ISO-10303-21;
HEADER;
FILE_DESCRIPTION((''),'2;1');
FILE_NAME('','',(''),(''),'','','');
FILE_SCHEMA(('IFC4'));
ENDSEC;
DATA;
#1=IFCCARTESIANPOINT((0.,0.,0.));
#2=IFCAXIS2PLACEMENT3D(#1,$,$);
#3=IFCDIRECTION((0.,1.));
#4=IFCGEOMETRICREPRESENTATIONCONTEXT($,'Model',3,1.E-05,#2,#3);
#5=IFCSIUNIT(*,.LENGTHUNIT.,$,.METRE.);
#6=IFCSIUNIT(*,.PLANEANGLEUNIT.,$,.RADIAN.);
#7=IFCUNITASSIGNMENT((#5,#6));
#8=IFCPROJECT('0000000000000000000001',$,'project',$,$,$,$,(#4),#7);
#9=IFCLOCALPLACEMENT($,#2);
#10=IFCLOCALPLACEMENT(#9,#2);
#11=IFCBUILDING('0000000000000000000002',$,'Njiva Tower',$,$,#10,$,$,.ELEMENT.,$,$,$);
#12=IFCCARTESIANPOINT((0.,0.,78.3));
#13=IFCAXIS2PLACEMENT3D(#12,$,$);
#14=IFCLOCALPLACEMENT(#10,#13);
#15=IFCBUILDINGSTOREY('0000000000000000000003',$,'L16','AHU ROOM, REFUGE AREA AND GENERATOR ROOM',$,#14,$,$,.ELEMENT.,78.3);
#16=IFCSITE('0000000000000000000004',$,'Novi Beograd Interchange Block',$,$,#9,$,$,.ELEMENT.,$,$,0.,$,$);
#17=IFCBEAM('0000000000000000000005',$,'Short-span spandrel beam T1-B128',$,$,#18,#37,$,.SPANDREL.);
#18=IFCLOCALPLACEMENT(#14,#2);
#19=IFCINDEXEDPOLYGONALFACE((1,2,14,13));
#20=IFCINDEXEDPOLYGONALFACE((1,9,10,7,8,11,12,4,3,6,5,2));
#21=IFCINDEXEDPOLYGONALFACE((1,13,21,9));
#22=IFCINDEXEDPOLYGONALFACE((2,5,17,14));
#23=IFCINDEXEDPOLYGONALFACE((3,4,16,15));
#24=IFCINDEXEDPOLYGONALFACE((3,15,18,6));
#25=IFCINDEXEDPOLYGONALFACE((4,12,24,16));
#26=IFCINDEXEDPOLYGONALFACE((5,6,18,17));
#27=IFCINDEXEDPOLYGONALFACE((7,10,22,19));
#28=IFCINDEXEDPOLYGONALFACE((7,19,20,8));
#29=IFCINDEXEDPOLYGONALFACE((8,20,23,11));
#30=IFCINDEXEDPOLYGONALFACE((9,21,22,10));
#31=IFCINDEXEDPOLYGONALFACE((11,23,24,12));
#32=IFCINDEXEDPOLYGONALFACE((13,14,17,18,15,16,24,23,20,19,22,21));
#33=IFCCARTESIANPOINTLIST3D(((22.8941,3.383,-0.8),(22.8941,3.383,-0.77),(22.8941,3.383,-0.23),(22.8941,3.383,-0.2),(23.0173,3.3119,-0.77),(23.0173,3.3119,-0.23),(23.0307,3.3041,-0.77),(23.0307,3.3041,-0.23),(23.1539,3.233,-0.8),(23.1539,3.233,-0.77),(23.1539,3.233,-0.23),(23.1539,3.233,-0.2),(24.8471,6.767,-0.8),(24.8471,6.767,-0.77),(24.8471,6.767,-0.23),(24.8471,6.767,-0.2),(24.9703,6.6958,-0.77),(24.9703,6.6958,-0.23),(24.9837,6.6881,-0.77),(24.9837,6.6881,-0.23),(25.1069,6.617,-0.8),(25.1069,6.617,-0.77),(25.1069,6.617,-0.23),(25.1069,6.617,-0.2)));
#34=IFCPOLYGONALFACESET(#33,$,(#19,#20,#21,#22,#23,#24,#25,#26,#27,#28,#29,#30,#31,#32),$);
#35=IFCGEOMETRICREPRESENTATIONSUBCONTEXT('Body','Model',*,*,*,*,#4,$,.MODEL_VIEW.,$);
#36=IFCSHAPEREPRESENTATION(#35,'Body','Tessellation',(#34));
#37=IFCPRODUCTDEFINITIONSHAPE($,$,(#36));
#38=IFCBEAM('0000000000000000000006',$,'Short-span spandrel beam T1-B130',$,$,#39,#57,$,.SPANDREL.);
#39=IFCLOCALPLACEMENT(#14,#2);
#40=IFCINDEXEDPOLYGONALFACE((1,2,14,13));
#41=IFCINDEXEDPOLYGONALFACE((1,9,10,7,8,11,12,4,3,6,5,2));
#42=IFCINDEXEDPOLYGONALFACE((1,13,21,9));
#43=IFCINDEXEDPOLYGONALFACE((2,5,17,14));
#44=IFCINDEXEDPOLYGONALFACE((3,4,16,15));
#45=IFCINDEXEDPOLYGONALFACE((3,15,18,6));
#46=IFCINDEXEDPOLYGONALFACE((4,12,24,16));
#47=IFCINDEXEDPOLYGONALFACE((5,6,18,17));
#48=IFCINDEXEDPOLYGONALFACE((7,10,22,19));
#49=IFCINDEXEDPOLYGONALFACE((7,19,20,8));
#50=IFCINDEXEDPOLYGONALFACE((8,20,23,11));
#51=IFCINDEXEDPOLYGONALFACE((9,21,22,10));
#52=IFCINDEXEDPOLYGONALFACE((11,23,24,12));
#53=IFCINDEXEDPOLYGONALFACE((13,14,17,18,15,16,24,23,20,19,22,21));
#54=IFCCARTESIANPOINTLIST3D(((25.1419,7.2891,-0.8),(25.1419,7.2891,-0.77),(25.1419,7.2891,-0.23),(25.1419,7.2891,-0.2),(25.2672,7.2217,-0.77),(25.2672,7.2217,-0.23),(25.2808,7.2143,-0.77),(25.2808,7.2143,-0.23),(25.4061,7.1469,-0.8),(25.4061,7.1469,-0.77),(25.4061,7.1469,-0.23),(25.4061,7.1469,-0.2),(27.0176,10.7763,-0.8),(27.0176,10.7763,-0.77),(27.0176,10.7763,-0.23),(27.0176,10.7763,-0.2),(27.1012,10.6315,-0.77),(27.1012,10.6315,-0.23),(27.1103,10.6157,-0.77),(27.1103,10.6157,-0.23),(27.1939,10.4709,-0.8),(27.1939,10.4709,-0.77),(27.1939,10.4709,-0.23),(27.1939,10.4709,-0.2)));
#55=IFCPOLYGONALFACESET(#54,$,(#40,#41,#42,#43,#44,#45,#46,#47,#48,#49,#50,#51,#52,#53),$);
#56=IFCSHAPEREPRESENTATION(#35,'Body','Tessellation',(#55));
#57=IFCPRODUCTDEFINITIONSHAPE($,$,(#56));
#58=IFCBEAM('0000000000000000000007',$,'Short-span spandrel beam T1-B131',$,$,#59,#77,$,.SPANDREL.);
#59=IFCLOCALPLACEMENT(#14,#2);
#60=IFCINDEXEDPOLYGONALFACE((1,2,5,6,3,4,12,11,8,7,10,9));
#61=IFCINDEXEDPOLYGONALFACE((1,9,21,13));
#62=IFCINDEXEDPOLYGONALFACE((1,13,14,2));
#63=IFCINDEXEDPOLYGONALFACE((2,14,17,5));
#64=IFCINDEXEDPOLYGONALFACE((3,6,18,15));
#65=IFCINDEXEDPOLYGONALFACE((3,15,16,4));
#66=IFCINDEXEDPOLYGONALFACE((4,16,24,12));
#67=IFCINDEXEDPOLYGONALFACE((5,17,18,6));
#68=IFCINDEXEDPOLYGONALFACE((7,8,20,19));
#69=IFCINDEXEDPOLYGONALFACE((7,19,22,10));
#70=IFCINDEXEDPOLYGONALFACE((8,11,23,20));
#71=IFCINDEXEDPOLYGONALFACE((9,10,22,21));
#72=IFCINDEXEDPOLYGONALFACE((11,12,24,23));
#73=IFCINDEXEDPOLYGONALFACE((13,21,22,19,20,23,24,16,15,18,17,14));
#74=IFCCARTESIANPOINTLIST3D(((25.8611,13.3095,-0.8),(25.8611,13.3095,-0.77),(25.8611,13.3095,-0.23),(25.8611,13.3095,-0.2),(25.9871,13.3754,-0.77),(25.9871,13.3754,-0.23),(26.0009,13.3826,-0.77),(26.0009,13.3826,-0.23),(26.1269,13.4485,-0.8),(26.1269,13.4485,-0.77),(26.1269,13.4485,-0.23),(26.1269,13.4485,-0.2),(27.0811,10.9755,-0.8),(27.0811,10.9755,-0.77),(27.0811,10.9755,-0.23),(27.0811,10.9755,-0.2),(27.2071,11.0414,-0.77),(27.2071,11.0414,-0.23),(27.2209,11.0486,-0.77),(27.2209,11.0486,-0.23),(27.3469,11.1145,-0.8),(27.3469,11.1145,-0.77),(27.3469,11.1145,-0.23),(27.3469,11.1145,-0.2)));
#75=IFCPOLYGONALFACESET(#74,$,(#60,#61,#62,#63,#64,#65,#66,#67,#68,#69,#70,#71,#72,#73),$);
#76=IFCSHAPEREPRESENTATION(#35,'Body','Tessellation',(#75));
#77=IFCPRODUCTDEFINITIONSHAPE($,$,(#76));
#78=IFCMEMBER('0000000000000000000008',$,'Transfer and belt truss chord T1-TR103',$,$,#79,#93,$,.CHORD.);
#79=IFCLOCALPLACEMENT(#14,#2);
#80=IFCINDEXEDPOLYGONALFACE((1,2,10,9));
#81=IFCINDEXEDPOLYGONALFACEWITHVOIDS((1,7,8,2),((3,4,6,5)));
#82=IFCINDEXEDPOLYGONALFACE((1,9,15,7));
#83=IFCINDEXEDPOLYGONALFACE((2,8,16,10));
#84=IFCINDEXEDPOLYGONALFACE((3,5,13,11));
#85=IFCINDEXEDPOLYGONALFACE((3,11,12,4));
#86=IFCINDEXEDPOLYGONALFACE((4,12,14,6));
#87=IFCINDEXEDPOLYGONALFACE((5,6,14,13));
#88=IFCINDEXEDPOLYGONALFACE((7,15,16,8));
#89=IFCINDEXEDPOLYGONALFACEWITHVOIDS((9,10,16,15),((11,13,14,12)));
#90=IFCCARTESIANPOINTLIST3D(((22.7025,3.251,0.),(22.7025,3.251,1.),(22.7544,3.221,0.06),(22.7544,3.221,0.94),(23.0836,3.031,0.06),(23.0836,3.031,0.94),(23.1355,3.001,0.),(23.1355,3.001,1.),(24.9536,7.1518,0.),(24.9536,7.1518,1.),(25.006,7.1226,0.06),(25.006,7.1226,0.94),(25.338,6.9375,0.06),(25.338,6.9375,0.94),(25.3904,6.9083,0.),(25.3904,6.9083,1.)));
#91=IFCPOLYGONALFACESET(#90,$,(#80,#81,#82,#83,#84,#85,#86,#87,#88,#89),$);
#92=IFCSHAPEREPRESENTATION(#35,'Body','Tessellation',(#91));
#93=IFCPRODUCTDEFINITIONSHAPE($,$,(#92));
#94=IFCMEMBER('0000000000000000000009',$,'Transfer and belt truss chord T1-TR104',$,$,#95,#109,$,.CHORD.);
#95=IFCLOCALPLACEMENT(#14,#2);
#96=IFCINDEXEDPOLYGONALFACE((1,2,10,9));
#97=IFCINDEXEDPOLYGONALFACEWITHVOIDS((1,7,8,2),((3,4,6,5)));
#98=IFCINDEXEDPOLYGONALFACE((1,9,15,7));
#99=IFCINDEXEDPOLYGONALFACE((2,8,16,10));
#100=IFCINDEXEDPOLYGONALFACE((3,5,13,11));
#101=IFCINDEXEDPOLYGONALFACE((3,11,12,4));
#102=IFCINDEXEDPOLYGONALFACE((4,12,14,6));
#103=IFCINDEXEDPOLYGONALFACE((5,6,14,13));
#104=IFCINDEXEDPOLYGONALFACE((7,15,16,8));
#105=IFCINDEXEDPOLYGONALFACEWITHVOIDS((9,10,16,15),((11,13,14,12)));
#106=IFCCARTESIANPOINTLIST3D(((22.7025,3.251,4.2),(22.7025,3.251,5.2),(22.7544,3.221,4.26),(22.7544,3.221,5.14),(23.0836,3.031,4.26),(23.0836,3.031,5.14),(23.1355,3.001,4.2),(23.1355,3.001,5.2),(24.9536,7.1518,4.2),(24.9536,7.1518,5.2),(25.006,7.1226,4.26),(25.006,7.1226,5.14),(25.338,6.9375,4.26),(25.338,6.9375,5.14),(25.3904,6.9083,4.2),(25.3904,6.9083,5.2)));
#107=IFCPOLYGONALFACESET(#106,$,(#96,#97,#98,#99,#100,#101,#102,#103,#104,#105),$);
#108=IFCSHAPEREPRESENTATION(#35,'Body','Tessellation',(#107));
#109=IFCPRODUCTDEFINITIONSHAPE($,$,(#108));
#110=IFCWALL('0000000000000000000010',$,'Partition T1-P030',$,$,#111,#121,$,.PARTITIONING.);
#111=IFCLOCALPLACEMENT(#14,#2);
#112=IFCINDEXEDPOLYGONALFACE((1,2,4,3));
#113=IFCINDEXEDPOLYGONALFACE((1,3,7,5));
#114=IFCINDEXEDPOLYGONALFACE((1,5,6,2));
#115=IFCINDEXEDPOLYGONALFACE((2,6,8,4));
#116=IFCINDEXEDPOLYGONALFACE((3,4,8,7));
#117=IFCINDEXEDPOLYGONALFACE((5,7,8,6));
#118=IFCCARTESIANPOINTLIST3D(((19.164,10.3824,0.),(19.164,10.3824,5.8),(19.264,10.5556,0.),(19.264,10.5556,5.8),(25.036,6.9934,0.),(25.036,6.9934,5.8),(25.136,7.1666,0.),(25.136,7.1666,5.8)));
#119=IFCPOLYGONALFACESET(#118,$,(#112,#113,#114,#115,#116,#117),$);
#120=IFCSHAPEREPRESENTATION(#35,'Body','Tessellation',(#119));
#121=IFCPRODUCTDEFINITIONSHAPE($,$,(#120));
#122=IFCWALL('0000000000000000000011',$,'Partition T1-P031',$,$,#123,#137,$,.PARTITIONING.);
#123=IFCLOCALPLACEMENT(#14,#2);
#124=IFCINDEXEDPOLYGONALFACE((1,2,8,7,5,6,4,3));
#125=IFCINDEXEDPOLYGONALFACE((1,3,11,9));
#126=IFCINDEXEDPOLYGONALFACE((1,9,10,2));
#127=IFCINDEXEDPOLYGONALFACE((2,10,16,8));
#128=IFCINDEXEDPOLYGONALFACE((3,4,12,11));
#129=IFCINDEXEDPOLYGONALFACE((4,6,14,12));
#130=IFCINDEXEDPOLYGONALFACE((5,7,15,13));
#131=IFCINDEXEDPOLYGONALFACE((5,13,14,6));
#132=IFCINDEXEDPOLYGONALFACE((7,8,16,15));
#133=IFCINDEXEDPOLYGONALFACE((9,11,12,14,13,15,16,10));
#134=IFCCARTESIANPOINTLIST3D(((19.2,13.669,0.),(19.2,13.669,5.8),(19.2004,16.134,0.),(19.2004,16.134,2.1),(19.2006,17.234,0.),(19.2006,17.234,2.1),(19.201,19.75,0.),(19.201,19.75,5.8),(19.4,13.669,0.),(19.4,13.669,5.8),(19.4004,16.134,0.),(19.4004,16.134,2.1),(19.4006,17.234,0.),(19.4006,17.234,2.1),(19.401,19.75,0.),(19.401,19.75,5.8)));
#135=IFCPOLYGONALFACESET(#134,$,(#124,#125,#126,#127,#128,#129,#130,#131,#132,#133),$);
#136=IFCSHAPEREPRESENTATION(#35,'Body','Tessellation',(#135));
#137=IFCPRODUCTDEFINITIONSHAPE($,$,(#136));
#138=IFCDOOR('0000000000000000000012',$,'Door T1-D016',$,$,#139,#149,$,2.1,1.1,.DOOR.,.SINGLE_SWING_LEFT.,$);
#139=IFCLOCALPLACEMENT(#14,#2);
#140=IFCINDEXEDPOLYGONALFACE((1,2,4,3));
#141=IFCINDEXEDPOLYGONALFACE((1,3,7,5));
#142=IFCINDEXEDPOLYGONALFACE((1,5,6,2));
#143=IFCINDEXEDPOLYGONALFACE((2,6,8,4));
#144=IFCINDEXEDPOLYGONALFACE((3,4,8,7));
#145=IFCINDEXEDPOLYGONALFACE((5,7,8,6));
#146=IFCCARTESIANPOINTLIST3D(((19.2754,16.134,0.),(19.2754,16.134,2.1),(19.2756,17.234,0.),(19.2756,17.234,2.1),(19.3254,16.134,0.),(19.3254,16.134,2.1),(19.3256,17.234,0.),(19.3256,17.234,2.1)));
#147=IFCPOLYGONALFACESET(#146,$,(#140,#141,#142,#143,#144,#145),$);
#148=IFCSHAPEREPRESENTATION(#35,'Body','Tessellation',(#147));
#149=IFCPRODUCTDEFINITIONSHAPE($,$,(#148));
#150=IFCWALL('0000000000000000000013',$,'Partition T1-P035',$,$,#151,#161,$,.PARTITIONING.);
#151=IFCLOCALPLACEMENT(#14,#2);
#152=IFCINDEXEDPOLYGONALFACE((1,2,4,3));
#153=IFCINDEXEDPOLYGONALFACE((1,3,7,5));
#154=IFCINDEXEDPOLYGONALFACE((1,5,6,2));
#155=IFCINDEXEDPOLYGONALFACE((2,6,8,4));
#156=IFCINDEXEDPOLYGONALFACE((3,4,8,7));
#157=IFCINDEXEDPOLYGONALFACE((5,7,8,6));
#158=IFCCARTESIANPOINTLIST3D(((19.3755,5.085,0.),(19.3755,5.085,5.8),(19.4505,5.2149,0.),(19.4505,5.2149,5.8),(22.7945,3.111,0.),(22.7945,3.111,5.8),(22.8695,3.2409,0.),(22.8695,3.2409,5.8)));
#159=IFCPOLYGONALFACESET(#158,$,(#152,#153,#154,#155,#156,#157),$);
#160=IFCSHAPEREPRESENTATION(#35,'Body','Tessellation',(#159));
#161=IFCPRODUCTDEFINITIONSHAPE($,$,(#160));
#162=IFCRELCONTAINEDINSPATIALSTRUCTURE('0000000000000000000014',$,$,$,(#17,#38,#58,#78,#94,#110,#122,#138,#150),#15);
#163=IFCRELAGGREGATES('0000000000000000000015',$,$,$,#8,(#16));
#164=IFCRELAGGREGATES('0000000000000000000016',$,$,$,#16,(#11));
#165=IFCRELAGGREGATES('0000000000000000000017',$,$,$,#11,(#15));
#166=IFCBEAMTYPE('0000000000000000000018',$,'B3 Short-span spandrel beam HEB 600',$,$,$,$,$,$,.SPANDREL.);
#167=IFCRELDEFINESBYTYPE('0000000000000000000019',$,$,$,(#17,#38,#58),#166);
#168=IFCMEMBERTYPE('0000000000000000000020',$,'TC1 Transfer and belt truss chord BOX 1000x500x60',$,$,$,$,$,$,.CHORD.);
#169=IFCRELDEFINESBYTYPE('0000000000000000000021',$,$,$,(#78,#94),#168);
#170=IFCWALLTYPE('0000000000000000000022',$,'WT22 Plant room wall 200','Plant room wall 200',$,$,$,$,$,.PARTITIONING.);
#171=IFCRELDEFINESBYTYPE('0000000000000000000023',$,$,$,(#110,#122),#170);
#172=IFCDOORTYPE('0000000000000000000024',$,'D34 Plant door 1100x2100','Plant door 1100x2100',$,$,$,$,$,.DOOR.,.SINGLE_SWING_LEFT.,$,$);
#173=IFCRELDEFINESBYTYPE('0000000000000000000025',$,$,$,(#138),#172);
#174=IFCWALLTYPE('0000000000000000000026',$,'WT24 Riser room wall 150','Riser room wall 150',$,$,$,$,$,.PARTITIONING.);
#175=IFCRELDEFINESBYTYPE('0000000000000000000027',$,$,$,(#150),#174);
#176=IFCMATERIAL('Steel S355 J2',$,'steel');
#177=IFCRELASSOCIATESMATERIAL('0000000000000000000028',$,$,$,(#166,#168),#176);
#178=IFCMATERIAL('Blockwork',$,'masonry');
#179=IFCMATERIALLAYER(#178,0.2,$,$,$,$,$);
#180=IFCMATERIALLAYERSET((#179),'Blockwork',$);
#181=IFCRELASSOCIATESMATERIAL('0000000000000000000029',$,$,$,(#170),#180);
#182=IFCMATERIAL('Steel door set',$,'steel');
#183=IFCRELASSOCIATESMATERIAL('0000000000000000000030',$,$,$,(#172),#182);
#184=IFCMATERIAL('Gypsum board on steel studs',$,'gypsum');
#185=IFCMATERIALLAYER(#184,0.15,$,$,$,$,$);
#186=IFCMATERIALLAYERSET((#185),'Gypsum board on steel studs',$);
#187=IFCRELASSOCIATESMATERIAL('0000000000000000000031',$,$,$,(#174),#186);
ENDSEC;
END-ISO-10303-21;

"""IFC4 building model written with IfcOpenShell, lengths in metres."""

from ifc_helpers import new_model, si_unit, direction, frame, frame_2d, origin, origin_2d, place, context, subcontext, project, spatial, rectangle, hollow_rectangle, i_section, extrude, clip, halfspace, material, layer, layer_set, material_profile, profile_set, type_object, element, fill, save


model = new_model("IFC4")

# Units and contexts
model_context = context("Model", 3, precision=1e-05, world=origin(), true_north=direction((0.0, 1.0)))
body_context = subcontext(model_context, "Body", "Model", "MODEL_VIEW")
ifc_project = project(units=[si_unit("LENGTHUNIT", "METRE"), si_unit("PLANEANGLEUNIT", "RADIAN")], contexts=[model_context])

# Site, building, storey
site_placement = place(None, origin())
site = spatial("IfcSite", under=ifc_project, at=site_placement, Name="Novi Beograd Interchange Block", CompositionType="ELEMENT", RefElevation=0.0)
building_placement = place(site_placement, origin())
building = spatial("IfcBuilding", under=site, at=building_placement, Name="Njiva Tower", CompositionType="ELEMENT")
storey_placement = place(building_placement, frame((0.0, 0.0, 78.3)))
storey = spatial("IfcBuildingStorey", under=building, at=storey_placement, Name="L16", Description="AHU ROOM, REFUGE AREA AND GENERATOR ROOM", CompositionType="ELEMENT", Elevation=78.3)

# Shared definitions
ifc_material_1 = material(Name="Steel S355 J2", Category="steel")

# Beams
ifc_material_profile_1 = material_profile(ifc_material_1, i_section(OverallWidth=0.3, OverallDepth=0.6, WebThickness=0.0155, FlangeThickness=0.03, at=origin_2d()), Name="HEB 600")
ifc_profile_set_1 = profile_set([ifc_material_profile_1], Name="Steel S355 J2")
beam_type_1 = type_object("IfcBeamType", Name="B3 Short-span spandrel beam HEB 600", PredefinedType="SPANDREL", material=ifc_profile_set_1)
beam_1_placement = place(storey_placement, frame((23.024, 3.308, -0.5), z_axis=(0.499855, 0.866109, 0.0), x_axis=(-0.866109, 0.499855, 0.0)))
element("IfcBeam", 1, at=beam_1_placement, inside=storey, type_object=beam_type_1, Name="Short-span spandrel beam T1-B128", PredefinedType="SPANDREL", context=body_context, shape_type="SweptSolid", body=[
    extrude(i_section(OverallWidth=0.3, OverallDepth=0.6, WebThickness=0.0155, FlangeThickness=0.03, at=origin_2d()), origin(), (0.0, 0.0, 1.0), 3.9071),
])
beam_2_placement = place(storey_placement, frame((25.274, 7.218, -0.5), z_axis=(0.473699, 0.880687, 0.0), x_axis=(-0.880687, 0.473699, 0.0)))
element("IfcBeam", 2, at=beam_2_placement, inside=storey, type_object=beam_type_1, Name="Short-span spandrel beam T1-B130", PredefinedType="SPANDREL", context=body_context, shape_type="Clipping", body=[
    clip(extrude(i_section(OverallWidth=0.3, OverallDepth=0.6, WebThickness=0.0155, FlangeThickness=0.03, at=origin_2d()), origin(), (0.0, 0.0, 1.0), 3.9804), halfspace(frame((-0.0263, 0.0, 3.8507), z_axis=(-0.52585, 0.0, 0.850577), x_axis=(0.0, 1.0, 0.0)), False)),
])
beam_3_placement = place(storey_placement, frame((27.214, 11.045, -0.5), z_axis=(-0.463241, 0.886233, 0.0), x_axis=(-0.886233, -0.463241, 0.0)))
element("IfcBeam", 3, at=beam_3_placement, inside=storey, type_object=beam_type_1, Name="Short-span spandrel beam T1-B131", PredefinedType="SPANDREL", context=body_context, shape_type="SweptSolid", body=[
    extrude(i_section(OverallWidth=0.3, OverallDepth=0.6, WebThickness=0.0155, FlangeThickness=0.03, at=origin_2d()), origin(), (0.0, 0.0, 1.0), 2.6336),
])

# Members
ifc_material_profile_2 = material_profile(ifc_material_1, hollow_rectangle(XDim=0.5, YDim=1.0, WallThickness=0.06, at=origin_2d()), Name="BOX 1000x500x60")
ifc_profile_set_2 = profile_set([ifc_material_profile_2], Name="Steel S355 J2")
member_type_1 = type_object("IfcMemberType", Name="TC1 Transfer and belt truss chord BOX 1000x500x60", PredefinedType="CHORD", material=ifc_profile_set_2)
member_1_placement = place(storey_placement, frame((22.919, 3.126, 0.5), z_axis=(0.499838, 0.866119, 0.0), x_axis=(-0.866119, 0.499838, 0.0)))
element("IfcMember", 4, at=member_1_placement, inside=storey, type_object=member_type_1, Name="Transfer and belt truss chord T1-TR103", PredefinedType="CHORD", context=body_context, shape_type="Clipping", body=[
    clip(extrude(hollow_rectangle(XDim=0.5, YDim=1.0, WallThickness=0.06, at=origin_2d()), origin(), (0.0, 0.0, 1.0), 4.5415), halfspace(frame((0.0, -78.8, 4.5075), z_axis=(0.014852, 0.0, 0.99989), x_axis=(0.0, 1.0, 0.0)), False)),
])
member_2_placement = place(storey_placement, frame((22.919, 3.126, 4.7), z_axis=(0.499838, 0.866119, 0.0), x_axis=(-0.866119, 0.499838, 0.0)))
element("IfcMember", 5, at=member_2_placement, inside=storey, type_object=member_type_1, Name="Transfer and belt truss chord T1-TR104", PredefinedType="CHORD", context=body_context, shape_type="Clipping", body=[
    clip(extrude(hollow_rectangle(XDim=0.5, YDim=1.0, WallThickness=0.06, at=origin_2d()), origin(), (0.0, 0.0, 1.0), 4.5415), halfspace(frame((0.0, -83.0, 4.5075), z_axis=(0.014852, 0.0, 0.99989), x_axis=(0.0, 1.0, 0.0)), False)),
])

# Wall
ifc_material_2 = material(Name="Blockwork", Category="masonry")
ifc_layer_1 = layer(ifc_material_2, 0.2)
ifc_layer_set_1 = layer_set([ifc_layer_1], Name="Blockwork")
wall_type_1 = type_object("IfcWallType", Name="WT22 Plant room wall 200", Description="Plant room wall 200", PredefinedType="PARTITIONING", material=ifc_layer_set_1)
wall_1_placement = place(storey_placement, frame((19.214, 10.469, 0.0), z_axis=(0.0, 0.0, 1.0), x_axis=(0.866102, -0.499867, 0.0)))
element("IfcWall", 6, at=wall_1_placement, inside=storey, type_object=wall_type_1, Name="Partition T1-P030", PredefinedType="PARTITIONING", context=body_context, shape_type="SweptSolid", body=[
    extrude(rectangle(XDim=6.7798, YDim=0.2, at=frame_2d((3.3899, 0.0))), origin(), (0.0, 0.0, 1.0), 5.8),
])

# Wall, opening, door
wall_2_placement = place(storey_placement, frame((19.3, 13.669, 0.0), z_axis=(0.0, 0.0, 1.0), x_axis=(0.000164, 1.0, 0.0)))
wall_2 = element("IfcWall", 7, at=wall_2_placement, inside=storey, type_object=wall_type_1, Name="Partition T1-P031", PredefinedType="PARTITIONING", context=body_context, shape_type="SweptSolid", body=[
    extrude(rectangle(XDim=6.081, YDim=0.2, at=frame_2d((3.0405, 0.0))), origin(), (0.0, 0.0, 1.0), 5.8),
])
opening_1_placement = place(wall_2_placement, frame((2.465, 0.0, 0.0)))
opening_1 = element("IfcOpeningElement", 8, at=opening_1_placement, cuts=wall_2, PredefinedType="OPENING", context=body_context, shape_type="SweptSolid", body=[
    extrude(rectangle(XDim=1.1, YDim=2.1, at=frame_2d((0.55, 1.05))), frame((0.0, 0.11, 0.0), z_axis=(0.0, -1.0, 0.0), x_axis=(1.0, 0.0, 0.0)), (0.0, 0.0, 1.0), 0.22),
])
ifc_material_3 = material(Name="Steel door set", Category="steel")
door_type = type_object("IfcDoorType", Name="D34 Plant door 1100x2100", Description="Plant door 1100x2100", OperationType="SINGLE_SWING_LEFT", PredefinedType="DOOR", material=ifc_material_3)
door_placement = place(opening_1_placement, origin())
door = element("IfcDoor", 9, at=door_placement, inside=storey, type_object=door_type, Name="Door T1-D016", OperationType="SINGLE_SWING_LEFT", OverallHeight=2.1, OverallWidth=1.1, PredefinedType="DOOR", context=body_context, shape_type="SweptSolid", body=[
    extrude(rectangle(XDim=1.1, YDim=2.1, at=frame_2d((0.55, 1.05))), frame((0.0, 0.025, 0.0), z_axis=(0.0, -1.0, 0.0), x_axis=(1.0, 0.0, 0.0)), (0.0, 0.0, 1.0), 0.05),
])
fill(opening_1, door)

# Wall
ifc_material_4 = material(Name="Gypsum board on steel studs", Category="gypsum")
ifc_layer_2 = layer(ifc_material_4, 0.15)
ifc_layer_set_2 = layer_set([ifc_layer_2], Name="Gypsum board on steel studs")
wall_type_2 = type_object("IfcWallType", Name="WT24 Riser room wall 150", Description="Riser room wall 150", PredefinedType="PARTITIONING", material=ifc_layer_set_2)
wall_3_placement = place(storey_placement, frame((19.413, 5.15, 0.0), z_axis=(0.0, 0.0, 1.0), x_axis=(0.866021, -0.500007, 0.0)))
element("IfcWall", 10, at=wall_3_placement, inside=storey, type_object=wall_type_2, Name="Partition T1-P035", PredefinedType="PARTITIONING", context=body_context, shape_type="SweptSolid", body=[
    extrude(rectangle(XDim=3.9479, YDim=0.15, at=frame_2d((1.974, 0.0))), origin(), (0.0, 0.0, 1.0), 5.8),
])

save(model, "model.ifc")
